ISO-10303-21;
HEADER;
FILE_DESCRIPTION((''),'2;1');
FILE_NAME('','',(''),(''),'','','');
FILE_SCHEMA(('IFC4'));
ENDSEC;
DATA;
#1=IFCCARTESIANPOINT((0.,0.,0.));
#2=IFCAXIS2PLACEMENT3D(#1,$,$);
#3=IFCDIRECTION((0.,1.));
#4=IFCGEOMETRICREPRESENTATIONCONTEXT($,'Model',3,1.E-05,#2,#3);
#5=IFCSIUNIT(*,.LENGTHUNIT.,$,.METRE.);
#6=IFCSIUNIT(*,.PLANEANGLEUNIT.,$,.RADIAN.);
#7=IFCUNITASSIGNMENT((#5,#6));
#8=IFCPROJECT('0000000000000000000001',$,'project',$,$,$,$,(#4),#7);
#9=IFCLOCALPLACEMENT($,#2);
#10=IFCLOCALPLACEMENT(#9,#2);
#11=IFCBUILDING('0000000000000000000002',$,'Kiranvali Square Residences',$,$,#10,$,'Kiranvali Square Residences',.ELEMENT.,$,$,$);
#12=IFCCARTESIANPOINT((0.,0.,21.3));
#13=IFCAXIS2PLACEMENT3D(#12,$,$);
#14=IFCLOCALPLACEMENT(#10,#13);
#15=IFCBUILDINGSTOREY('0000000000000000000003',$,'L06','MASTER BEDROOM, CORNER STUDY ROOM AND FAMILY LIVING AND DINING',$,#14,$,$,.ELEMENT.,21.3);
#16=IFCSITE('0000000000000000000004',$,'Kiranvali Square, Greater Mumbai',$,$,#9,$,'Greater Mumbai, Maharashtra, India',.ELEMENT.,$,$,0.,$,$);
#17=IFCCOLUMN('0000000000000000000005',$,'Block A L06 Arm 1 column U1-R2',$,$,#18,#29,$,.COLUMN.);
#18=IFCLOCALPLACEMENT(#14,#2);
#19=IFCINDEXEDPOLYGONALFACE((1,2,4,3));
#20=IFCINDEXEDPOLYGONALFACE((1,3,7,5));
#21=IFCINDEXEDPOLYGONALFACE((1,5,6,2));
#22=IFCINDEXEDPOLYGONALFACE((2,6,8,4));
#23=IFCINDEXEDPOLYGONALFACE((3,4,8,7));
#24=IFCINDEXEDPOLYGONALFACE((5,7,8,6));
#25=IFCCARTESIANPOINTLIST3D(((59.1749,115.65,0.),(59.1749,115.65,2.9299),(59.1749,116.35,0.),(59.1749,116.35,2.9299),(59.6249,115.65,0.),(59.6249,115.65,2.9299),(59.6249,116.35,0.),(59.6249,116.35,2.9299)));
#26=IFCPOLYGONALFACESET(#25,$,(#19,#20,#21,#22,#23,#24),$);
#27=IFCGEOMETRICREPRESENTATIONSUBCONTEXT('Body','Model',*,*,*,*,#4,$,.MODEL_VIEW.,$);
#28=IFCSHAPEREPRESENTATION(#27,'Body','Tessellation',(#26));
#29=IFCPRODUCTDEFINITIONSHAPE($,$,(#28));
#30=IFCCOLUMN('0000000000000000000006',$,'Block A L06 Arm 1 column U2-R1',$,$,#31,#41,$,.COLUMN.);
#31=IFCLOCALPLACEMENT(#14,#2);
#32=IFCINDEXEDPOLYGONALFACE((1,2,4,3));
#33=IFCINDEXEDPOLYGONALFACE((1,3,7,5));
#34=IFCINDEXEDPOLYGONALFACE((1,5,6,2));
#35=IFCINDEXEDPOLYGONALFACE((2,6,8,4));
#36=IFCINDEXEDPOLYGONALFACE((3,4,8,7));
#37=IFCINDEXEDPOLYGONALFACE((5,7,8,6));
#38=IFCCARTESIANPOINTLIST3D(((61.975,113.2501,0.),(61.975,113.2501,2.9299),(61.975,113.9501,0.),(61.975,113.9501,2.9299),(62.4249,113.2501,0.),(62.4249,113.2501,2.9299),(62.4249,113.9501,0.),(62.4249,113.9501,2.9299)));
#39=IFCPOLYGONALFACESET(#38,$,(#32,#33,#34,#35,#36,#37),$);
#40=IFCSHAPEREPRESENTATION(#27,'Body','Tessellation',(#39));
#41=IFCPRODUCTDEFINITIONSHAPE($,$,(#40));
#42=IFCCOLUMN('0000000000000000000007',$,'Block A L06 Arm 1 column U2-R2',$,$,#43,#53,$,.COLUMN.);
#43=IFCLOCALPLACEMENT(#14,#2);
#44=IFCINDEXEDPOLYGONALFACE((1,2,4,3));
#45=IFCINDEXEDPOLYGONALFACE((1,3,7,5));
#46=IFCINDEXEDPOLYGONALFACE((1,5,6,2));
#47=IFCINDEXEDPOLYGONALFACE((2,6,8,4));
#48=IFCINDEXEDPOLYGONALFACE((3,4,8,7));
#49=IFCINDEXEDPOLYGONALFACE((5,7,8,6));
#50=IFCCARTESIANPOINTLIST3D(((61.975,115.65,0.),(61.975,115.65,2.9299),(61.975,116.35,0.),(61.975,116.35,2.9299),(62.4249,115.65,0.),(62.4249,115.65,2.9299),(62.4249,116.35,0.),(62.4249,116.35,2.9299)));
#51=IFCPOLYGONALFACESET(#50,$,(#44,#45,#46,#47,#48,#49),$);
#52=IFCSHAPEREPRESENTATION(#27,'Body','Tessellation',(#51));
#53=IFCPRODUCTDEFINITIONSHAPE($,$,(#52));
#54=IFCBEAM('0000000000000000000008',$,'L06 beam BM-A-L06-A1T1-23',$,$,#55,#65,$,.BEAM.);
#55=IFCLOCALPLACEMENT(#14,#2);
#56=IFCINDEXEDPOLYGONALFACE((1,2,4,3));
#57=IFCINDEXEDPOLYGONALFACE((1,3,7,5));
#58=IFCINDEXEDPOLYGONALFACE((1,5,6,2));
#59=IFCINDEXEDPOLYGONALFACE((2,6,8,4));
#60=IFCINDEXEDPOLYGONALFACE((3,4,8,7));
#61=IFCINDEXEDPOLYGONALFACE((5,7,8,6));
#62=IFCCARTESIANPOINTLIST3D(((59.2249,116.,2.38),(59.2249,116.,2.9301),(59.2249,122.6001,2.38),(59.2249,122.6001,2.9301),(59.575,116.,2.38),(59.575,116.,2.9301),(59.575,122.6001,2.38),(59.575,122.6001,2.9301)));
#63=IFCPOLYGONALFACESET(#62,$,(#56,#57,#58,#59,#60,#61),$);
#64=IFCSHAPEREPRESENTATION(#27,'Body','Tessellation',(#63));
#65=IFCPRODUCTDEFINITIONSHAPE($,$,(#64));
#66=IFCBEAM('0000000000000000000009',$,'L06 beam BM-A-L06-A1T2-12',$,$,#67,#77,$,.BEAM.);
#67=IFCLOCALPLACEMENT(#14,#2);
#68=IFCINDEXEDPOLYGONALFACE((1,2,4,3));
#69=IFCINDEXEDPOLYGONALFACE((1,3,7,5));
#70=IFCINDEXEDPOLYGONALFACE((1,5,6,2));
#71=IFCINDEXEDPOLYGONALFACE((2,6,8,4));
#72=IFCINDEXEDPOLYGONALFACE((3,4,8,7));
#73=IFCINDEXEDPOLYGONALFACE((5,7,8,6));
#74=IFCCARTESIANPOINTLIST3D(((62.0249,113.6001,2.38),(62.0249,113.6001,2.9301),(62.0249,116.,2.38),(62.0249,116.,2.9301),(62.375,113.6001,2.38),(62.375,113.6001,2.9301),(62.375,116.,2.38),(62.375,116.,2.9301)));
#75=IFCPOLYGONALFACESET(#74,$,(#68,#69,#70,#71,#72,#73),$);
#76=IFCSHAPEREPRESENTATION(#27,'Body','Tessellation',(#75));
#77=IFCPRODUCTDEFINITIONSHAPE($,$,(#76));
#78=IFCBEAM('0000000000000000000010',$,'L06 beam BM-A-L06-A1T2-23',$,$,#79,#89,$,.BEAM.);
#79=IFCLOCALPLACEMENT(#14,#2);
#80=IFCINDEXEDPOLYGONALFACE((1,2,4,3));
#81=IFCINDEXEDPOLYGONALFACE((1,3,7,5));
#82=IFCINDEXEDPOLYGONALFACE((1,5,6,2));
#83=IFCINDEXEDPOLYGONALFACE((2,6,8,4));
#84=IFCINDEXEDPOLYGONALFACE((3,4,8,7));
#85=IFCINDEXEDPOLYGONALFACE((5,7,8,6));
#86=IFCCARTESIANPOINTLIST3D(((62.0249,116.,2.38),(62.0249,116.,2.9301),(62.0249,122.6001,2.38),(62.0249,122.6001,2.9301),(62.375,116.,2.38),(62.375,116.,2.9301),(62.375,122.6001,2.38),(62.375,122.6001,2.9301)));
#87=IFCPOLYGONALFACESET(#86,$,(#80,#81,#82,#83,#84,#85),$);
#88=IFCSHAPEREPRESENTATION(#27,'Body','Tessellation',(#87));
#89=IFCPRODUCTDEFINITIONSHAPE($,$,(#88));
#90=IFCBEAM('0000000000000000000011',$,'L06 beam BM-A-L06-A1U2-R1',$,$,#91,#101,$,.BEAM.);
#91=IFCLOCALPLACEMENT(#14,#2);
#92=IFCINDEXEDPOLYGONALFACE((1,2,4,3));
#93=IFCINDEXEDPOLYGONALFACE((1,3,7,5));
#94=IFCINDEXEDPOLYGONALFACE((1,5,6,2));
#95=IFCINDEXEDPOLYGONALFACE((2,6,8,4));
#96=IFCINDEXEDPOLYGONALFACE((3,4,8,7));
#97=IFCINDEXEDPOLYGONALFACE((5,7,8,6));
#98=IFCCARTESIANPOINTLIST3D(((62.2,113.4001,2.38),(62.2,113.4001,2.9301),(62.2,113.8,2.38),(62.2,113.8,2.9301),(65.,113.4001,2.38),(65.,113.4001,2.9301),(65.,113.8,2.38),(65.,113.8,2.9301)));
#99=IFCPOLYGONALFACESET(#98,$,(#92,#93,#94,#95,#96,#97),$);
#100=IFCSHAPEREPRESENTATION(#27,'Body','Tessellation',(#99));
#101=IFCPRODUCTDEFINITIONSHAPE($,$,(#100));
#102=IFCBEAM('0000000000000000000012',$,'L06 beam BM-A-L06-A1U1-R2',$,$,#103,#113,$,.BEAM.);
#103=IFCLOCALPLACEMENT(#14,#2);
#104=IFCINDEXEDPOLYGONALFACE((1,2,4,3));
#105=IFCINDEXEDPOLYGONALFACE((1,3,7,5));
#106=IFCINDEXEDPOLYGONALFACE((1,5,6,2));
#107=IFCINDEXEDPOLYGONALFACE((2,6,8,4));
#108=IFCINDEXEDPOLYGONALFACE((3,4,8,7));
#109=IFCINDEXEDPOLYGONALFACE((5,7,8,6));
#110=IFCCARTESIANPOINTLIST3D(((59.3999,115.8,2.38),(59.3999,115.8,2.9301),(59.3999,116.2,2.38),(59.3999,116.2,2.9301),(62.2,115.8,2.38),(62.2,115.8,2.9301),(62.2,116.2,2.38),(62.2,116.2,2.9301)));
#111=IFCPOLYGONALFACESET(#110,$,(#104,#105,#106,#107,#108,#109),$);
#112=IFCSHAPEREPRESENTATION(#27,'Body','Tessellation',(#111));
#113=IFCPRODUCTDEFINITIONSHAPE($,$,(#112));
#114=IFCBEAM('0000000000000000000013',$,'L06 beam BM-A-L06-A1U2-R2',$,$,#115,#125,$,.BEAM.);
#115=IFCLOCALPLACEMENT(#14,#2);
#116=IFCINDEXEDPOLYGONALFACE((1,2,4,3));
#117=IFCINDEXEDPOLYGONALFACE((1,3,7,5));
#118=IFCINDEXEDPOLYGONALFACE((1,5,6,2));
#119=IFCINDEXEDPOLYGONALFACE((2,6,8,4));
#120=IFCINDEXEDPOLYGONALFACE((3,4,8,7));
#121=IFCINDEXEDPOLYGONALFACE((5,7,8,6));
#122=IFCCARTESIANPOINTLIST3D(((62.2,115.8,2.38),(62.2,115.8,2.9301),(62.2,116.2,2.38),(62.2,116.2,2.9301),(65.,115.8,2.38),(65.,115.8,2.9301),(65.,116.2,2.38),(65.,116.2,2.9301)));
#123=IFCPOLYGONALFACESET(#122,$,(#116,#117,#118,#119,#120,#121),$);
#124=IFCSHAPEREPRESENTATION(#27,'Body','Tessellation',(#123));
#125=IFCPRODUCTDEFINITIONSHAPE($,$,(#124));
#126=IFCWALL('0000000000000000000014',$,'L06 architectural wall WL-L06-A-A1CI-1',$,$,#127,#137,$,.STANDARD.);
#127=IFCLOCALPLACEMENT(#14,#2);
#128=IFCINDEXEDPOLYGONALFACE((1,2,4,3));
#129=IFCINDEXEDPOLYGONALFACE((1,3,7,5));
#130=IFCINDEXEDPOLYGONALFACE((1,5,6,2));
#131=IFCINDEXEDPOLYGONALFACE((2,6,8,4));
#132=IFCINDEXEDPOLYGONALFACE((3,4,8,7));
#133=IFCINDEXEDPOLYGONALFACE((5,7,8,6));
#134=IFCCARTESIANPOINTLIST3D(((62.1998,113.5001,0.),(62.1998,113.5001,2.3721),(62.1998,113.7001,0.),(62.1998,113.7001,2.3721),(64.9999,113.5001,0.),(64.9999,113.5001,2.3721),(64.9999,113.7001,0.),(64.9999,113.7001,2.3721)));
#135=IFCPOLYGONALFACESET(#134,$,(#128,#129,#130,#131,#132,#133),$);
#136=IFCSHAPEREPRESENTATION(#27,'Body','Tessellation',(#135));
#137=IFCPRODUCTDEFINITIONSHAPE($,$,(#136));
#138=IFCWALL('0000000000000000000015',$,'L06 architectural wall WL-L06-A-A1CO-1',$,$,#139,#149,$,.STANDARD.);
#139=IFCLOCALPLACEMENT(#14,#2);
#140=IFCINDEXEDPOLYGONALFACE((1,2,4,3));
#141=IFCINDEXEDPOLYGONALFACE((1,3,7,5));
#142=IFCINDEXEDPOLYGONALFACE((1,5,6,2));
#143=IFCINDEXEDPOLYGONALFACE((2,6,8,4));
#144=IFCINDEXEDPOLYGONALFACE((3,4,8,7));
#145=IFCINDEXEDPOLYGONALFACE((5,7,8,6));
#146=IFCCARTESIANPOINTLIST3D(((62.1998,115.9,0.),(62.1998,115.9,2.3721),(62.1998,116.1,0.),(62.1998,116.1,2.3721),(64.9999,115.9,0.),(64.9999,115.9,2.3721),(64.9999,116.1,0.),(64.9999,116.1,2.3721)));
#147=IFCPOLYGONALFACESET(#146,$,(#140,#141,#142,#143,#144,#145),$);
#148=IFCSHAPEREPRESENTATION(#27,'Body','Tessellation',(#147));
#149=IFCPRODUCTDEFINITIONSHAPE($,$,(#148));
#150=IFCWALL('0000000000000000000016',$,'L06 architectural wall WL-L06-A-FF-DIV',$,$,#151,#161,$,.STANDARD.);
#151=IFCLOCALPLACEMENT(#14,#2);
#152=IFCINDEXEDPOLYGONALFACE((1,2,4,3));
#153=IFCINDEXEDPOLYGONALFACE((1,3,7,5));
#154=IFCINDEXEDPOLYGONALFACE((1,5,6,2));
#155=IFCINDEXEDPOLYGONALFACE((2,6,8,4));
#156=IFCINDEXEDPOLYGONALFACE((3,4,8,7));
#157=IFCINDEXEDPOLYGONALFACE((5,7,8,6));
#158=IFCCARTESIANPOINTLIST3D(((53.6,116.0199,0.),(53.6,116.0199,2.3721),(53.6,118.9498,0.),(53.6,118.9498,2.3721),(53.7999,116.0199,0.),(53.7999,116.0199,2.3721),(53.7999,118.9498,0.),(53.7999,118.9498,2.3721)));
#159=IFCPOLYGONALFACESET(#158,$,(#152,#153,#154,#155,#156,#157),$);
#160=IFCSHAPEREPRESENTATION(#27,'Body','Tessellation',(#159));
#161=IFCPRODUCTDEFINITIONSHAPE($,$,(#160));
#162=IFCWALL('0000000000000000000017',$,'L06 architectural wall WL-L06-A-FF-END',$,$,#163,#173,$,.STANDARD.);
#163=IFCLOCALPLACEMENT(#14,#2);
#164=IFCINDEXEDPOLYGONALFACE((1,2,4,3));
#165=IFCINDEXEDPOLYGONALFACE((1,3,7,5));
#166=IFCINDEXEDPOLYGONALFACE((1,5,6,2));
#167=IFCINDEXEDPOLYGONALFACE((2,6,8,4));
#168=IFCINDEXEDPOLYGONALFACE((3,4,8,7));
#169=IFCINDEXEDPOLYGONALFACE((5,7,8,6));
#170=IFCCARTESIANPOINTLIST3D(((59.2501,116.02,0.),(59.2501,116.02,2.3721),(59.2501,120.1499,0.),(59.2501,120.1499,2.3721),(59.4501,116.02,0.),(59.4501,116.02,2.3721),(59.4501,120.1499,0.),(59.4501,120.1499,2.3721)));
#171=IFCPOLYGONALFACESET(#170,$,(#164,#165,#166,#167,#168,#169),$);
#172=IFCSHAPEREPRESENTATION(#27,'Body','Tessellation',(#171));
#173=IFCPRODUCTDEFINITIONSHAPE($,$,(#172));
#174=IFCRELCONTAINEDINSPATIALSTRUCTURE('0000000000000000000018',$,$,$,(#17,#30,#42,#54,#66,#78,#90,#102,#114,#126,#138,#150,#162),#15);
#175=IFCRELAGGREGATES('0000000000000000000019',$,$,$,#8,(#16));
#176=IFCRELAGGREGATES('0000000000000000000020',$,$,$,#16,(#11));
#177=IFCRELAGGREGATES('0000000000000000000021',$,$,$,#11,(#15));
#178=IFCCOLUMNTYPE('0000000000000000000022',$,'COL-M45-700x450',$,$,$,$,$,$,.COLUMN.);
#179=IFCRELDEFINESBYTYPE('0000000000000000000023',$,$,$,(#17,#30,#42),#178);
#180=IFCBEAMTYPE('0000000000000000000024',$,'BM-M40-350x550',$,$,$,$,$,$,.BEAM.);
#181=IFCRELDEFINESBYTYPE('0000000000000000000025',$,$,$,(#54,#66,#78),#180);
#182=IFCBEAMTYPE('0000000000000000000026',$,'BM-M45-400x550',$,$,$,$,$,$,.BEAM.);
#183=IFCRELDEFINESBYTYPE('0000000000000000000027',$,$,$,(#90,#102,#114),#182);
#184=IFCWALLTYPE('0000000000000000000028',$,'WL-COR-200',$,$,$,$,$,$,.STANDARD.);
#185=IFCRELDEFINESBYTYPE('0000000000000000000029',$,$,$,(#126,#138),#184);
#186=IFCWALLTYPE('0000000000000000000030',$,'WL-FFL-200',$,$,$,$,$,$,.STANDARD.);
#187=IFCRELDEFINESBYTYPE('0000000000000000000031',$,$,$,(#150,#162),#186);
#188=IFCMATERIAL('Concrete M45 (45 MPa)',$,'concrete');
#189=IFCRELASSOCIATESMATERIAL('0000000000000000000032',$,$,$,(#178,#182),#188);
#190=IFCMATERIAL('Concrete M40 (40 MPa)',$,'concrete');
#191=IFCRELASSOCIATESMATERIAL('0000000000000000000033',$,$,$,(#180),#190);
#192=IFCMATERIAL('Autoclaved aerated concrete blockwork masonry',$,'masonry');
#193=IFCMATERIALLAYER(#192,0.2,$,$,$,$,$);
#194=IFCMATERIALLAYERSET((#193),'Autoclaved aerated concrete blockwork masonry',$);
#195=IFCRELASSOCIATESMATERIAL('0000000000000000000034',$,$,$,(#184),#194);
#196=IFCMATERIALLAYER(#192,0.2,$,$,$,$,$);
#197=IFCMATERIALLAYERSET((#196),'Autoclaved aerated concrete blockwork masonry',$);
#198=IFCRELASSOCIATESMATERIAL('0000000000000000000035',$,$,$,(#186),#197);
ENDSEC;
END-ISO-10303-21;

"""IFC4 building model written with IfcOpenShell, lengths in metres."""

from ifc_helpers import new_model, si_unit, direction, frame, frame_2d, origin, origin_2d, place, context, subcontext, project, spatial, rectangle, extrude, material, layer, layer_set, material_profile, profile_set, type_object, element, save


model = new_model("IFC4")

# Units and contexts
model_context = context("Model", 3, precision=1e-05, world=origin(), true_north=direction((0.0, 1.0)))
body_context = subcontext(model_context, "Body", "Model", "MODEL_VIEW")
ifc_project = project(units=[si_unit("LENGTHUNIT", "METRE"), si_unit("PLANEANGLEUNIT", "RADIAN")], contexts=[model_context])

# Site, building, storey
site_placement = place(None, origin())
site = spatial("IfcSite", under=ifc_project, at=site_placement, Name="Kiranvali Square, Greater Mumbai", LongName="Greater Mumbai, Maharashtra, India", CompositionType="ELEMENT", RefElevation=0.0)
building_placement = place(site_placement, origin())
building = spatial("IfcBuilding", under=site, at=building_placement, Name="Kiranvali Square Residences", LongName="Kiranvali Square Residences", CompositionType="ELEMENT")
storey_placement = place(building_placement, frame((0.0, 0.0, 21.3)))
storey = spatial("IfcBuildingStorey", under=building, at=storey_placement, Name="L06", Description="MASTER BEDROOM, CORNER STUDY ROOM AND FAMILY LIVING AND DINING", CompositionType="ELEMENT", Elevation=21.3)

# Columns
ifc_material_1 = material(Name="Concrete M45 (45 MPa)", Category="concrete")
ifc_material_profile_1 = material_profile(ifc_material_1, rectangle(XDim=0.45, YDim=0.7, at=origin_2d()), Name="RC 700x450")
ifc_profile_set_1 = profile_set([ifc_material_profile_1], Name="Concrete M45 (45 MPa)")
column_type = type_object("IfcColumnType", Name="COL-M45-700x450", PredefinedType="COLUMN", material=ifc_profile_set_1)
for number, where, z_axis, x_axis, name in (
    (1, (59.3999, 116.0, 0.0), (0.0, 0.0, 1.0), (1.0, 0.0, 0.0), "Block A L06 Arm 1 column U1-R2"),
    (2, (62.2, 113.6001, 0.0), (0.0, 0.0, 1.0), (1.0, 0.0, 0.0), "Block A L06 Arm 1 column U2-R1"),
    (3, (62.2, 116.0, 0.0), (0.0, 0.0, 1.0), (1.0, 0.0, 0.0), "Block A L06 Arm 1 column U2-R2"),
):
    element("IfcColumn", number, at=place(storey_placement, frame(where, z_axis=z_axis, x_axis=x_axis)), inside=storey, type_object=column_type, Name=name, PredefinedType="COLUMN", context=body_context, shape_type="SweptSolid", body=[
        extrude(rectangle(XDim=0.45, YDim=0.7, at=origin_2d()), origin(), (0.0, 0.0, 1.0), 2.9299),
    ])

# Beams
ifc_material_2 = material(Name="Concrete M40 (40 MPa)", Category="concrete")
ifc_material_profile_2 = material_profile(ifc_material_2, rectangle(XDim=0.3501, YDim=0.55, at=origin_2d()), Name="RC 350x550")
ifc_profile_set_2 = profile_set([ifc_material_profile_2], Name="Concrete M40 (40 MPa)")
beam_type_1 = type_object("IfcBeamType", Name="BM-M40-350x550", PredefinedType="BEAM", material=ifc_profile_set_2)
beam_1_placement = place(storey_placement, frame((59.3999, 116.0, 2.655), z_axis=(0.0, 1.0, 0.0), x_axis=(-1.0, 0.0, 0.0)))
element("IfcBeam", 4, at=beam_1_placement, inside=storey, type_object=beam_type_1, Name="L06 beam BM-A-L06-A1T1-23", PredefinedType="BEAM", context=body_context, shape_type="SweptSolid", body=[
    extrude(rectangle(XDim=0.3501, YDim=0.55, at=origin_2d()), origin(), (0.0, 0.0, 1.0), 6.6001),
])
beam_2_placement = place(storey_placement, frame((62.2, 113.6001, 2.655), z_axis=(0.0, 1.0, 0.0), x_axis=(-1.0, 0.0, 0.0)))
element("IfcBeam", 5, at=beam_2_placement, inside=storey, type_object=beam_type_1, Name="L06 beam BM-A-L06-A1T2-12", PredefinedType="BEAM", context=body_context, shape_type="SweptSolid", body=[
    extrude(rectangle(XDim=0.3501, YDim=0.55, at=origin_2d()), origin(), (0.0, 0.0, 1.0), 2.3999),
])
beam_3_placement = place(storey_placement, frame((62.2, 116.0, 2.655), z_axis=(0.0, 1.0, 0.0), x_axis=(-1.0, 0.0, 0.0)))
element("IfcBeam", 6, at=beam_3_placement, inside=storey, type_object=beam_type_1, Name="L06 beam BM-A-L06-A1T2-23", PredefinedType="BEAM", context=body_context, shape_type="SweptSolid", body=[
    extrude(rectangle(XDim=0.3501, YDim=0.55, at=origin_2d()), origin(), (0.0, 0.0, 1.0), 6.6001),
])
ifc_material_profile_3 = material_profile(ifc_material_1, rectangle(XDim=0.3999, YDim=0.55, at=origin_2d()), Name="RC 400x550")
ifc_profile_set_3 = profile_set([ifc_material_profile_3], Name="Concrete M45 (45 MPa)")
beam_type_2 = type_object("IfcBeamType", Name="BM-M45-400x550", PredefinedType="BEAM", material=ifc_profile_set_3)
for number, where, z_axis, x_axis, name in (
    (7, (62.2, 113.6001, 2.655), (1.0, 0.0, 0.0), (0.0, 1.0, 0.0), "L06 beam BM-A-L06-A1U2-R1"),
    (8, (59.3999, 116.0, 2.655), (1.0, 0.0, 0.0), (0.0, 1.0, 0.0), "L06 beam BM-A-L06-A1U1-R2"),
    (9, (62.2, 116.0, 2.655), (1.0, 0.0, 0.0), (0.0, 1.0, 0.0), "L06 beam BM-A-L06-A1U2-R2"),
):
    element("IfcBeam", number, at=place(storey_placement, frame(where, z_axis=z_axis, x_axis=x_axis)), inside=storey, type_object=beam_type_2, Name=name, PredefinedType="BEAM", context=body_context, shape_type="SweptSolid", body=[
        extrude(rectangle(XDim=0.3999, YDim=0.55, at=origin_2d()), origin(), (0.0, 0.0, 1.0), 2.8),
    ])

# Shared definitions
ifc_material_3 = material(Name="Autoclaved aerated concrete blockwork masonry", Category="masonry")
ifc_layer_1 = layer(ifc_material_3, 0.2)
ifc_layer_set_1 = layer_set([ifc_layer_1], Name="Autoclaved aerated concrete blockwork masonry")
wall_type_1 = type_object("IfcWallType", Name="WL-COR-200", PredefinedType="STANDARD", material=ifc_layer_set_1)

# Walls
for number, where, z_axis, x_axis, name in (
    (10, (62.2, 113.6001, 0.0), (0.0, 0.0, 1.0), (1.0, 0.0, 0.0), "L06 architectural wall WL-L06-A-A1CI-1"),
    (11, (62.2, 116.0, 0.0), (0.0, 0.0, 1.0), (1.0, 0.0, 0.0), "L06 architectural wall WL-L06-A-A1CO-1"),
):
    element("IfcWall", number, at=place(storey_placement, frame(where, z_axis=z_axis, x_axis=x_axis)), inside=storey, type_object=wall_type_1, Name=name, PredefinedType="STANDARD", context=body_context, shape_type="SweptSolid", body=[
        extrude(rectangle(XDim=2.8, YDim=0.2, at=frame_2d((1.3999, 0.0))), origin(), (0.0, 0.0, 1.0), 2.3721),
    ])

# Shared definitions
ifc_layer_2 = layer(ifc_material_3, 0.2)
ifc_layer_set_2 = layer_set([ifc_layer_2], Name="Autoclaved aerated concrete blockwork masonry")
wall_type_2 = type_object("IfcWallType", Name="WL-FFL-200", PredefinedType="STANDARD", material=ifc_layer_set_2)

# Walls
wall_1_placement = place(storey_placement, frame((53.7, 116.02, 0.0), z_axis=(0.0, 0.0, 1.0), x_axis=(0.0, 1.0, 0.0)))
element("IfcWall", 12, at=wall_1_placement, inside=storey, type_object=wall_type_2, Name="L06 architectural wall WL-L06-A-FF-DIV", PredefinedType="STANDARD", context=body_context, shape_type="SweptSolid", body=[
    extrude(rectangle(XDim=2.9299, YDim=0.2, at=frame_2d((1.4648, 0.0))), origin(), (0.0, 0.0, 1.0), 2.3721),
])
wall_2_placement = place(storey_placement, frame((59.3501, 116.02, 0.0), z_axis=(0.0, 0.0, 1.0), x_axis=(0.0, 1.0, 0.0)))
element("IfcWall", 13, at=wall_2_placement, inside=storey, type_object=wall_type_2, Name="L06 architectural wall WL-L06-A-FF-END", PredefinedType="STANDARD", context=body_context, shape_type="SweptSolid", body=[
    extrude(rectangle(XDim=4.1299, YDim=0.2, at=frame_2d((2.0649, 0.0))), origin(), (0.0, 0.0, 1.0), 2.3721),
])

save(model, "model.ifc")
